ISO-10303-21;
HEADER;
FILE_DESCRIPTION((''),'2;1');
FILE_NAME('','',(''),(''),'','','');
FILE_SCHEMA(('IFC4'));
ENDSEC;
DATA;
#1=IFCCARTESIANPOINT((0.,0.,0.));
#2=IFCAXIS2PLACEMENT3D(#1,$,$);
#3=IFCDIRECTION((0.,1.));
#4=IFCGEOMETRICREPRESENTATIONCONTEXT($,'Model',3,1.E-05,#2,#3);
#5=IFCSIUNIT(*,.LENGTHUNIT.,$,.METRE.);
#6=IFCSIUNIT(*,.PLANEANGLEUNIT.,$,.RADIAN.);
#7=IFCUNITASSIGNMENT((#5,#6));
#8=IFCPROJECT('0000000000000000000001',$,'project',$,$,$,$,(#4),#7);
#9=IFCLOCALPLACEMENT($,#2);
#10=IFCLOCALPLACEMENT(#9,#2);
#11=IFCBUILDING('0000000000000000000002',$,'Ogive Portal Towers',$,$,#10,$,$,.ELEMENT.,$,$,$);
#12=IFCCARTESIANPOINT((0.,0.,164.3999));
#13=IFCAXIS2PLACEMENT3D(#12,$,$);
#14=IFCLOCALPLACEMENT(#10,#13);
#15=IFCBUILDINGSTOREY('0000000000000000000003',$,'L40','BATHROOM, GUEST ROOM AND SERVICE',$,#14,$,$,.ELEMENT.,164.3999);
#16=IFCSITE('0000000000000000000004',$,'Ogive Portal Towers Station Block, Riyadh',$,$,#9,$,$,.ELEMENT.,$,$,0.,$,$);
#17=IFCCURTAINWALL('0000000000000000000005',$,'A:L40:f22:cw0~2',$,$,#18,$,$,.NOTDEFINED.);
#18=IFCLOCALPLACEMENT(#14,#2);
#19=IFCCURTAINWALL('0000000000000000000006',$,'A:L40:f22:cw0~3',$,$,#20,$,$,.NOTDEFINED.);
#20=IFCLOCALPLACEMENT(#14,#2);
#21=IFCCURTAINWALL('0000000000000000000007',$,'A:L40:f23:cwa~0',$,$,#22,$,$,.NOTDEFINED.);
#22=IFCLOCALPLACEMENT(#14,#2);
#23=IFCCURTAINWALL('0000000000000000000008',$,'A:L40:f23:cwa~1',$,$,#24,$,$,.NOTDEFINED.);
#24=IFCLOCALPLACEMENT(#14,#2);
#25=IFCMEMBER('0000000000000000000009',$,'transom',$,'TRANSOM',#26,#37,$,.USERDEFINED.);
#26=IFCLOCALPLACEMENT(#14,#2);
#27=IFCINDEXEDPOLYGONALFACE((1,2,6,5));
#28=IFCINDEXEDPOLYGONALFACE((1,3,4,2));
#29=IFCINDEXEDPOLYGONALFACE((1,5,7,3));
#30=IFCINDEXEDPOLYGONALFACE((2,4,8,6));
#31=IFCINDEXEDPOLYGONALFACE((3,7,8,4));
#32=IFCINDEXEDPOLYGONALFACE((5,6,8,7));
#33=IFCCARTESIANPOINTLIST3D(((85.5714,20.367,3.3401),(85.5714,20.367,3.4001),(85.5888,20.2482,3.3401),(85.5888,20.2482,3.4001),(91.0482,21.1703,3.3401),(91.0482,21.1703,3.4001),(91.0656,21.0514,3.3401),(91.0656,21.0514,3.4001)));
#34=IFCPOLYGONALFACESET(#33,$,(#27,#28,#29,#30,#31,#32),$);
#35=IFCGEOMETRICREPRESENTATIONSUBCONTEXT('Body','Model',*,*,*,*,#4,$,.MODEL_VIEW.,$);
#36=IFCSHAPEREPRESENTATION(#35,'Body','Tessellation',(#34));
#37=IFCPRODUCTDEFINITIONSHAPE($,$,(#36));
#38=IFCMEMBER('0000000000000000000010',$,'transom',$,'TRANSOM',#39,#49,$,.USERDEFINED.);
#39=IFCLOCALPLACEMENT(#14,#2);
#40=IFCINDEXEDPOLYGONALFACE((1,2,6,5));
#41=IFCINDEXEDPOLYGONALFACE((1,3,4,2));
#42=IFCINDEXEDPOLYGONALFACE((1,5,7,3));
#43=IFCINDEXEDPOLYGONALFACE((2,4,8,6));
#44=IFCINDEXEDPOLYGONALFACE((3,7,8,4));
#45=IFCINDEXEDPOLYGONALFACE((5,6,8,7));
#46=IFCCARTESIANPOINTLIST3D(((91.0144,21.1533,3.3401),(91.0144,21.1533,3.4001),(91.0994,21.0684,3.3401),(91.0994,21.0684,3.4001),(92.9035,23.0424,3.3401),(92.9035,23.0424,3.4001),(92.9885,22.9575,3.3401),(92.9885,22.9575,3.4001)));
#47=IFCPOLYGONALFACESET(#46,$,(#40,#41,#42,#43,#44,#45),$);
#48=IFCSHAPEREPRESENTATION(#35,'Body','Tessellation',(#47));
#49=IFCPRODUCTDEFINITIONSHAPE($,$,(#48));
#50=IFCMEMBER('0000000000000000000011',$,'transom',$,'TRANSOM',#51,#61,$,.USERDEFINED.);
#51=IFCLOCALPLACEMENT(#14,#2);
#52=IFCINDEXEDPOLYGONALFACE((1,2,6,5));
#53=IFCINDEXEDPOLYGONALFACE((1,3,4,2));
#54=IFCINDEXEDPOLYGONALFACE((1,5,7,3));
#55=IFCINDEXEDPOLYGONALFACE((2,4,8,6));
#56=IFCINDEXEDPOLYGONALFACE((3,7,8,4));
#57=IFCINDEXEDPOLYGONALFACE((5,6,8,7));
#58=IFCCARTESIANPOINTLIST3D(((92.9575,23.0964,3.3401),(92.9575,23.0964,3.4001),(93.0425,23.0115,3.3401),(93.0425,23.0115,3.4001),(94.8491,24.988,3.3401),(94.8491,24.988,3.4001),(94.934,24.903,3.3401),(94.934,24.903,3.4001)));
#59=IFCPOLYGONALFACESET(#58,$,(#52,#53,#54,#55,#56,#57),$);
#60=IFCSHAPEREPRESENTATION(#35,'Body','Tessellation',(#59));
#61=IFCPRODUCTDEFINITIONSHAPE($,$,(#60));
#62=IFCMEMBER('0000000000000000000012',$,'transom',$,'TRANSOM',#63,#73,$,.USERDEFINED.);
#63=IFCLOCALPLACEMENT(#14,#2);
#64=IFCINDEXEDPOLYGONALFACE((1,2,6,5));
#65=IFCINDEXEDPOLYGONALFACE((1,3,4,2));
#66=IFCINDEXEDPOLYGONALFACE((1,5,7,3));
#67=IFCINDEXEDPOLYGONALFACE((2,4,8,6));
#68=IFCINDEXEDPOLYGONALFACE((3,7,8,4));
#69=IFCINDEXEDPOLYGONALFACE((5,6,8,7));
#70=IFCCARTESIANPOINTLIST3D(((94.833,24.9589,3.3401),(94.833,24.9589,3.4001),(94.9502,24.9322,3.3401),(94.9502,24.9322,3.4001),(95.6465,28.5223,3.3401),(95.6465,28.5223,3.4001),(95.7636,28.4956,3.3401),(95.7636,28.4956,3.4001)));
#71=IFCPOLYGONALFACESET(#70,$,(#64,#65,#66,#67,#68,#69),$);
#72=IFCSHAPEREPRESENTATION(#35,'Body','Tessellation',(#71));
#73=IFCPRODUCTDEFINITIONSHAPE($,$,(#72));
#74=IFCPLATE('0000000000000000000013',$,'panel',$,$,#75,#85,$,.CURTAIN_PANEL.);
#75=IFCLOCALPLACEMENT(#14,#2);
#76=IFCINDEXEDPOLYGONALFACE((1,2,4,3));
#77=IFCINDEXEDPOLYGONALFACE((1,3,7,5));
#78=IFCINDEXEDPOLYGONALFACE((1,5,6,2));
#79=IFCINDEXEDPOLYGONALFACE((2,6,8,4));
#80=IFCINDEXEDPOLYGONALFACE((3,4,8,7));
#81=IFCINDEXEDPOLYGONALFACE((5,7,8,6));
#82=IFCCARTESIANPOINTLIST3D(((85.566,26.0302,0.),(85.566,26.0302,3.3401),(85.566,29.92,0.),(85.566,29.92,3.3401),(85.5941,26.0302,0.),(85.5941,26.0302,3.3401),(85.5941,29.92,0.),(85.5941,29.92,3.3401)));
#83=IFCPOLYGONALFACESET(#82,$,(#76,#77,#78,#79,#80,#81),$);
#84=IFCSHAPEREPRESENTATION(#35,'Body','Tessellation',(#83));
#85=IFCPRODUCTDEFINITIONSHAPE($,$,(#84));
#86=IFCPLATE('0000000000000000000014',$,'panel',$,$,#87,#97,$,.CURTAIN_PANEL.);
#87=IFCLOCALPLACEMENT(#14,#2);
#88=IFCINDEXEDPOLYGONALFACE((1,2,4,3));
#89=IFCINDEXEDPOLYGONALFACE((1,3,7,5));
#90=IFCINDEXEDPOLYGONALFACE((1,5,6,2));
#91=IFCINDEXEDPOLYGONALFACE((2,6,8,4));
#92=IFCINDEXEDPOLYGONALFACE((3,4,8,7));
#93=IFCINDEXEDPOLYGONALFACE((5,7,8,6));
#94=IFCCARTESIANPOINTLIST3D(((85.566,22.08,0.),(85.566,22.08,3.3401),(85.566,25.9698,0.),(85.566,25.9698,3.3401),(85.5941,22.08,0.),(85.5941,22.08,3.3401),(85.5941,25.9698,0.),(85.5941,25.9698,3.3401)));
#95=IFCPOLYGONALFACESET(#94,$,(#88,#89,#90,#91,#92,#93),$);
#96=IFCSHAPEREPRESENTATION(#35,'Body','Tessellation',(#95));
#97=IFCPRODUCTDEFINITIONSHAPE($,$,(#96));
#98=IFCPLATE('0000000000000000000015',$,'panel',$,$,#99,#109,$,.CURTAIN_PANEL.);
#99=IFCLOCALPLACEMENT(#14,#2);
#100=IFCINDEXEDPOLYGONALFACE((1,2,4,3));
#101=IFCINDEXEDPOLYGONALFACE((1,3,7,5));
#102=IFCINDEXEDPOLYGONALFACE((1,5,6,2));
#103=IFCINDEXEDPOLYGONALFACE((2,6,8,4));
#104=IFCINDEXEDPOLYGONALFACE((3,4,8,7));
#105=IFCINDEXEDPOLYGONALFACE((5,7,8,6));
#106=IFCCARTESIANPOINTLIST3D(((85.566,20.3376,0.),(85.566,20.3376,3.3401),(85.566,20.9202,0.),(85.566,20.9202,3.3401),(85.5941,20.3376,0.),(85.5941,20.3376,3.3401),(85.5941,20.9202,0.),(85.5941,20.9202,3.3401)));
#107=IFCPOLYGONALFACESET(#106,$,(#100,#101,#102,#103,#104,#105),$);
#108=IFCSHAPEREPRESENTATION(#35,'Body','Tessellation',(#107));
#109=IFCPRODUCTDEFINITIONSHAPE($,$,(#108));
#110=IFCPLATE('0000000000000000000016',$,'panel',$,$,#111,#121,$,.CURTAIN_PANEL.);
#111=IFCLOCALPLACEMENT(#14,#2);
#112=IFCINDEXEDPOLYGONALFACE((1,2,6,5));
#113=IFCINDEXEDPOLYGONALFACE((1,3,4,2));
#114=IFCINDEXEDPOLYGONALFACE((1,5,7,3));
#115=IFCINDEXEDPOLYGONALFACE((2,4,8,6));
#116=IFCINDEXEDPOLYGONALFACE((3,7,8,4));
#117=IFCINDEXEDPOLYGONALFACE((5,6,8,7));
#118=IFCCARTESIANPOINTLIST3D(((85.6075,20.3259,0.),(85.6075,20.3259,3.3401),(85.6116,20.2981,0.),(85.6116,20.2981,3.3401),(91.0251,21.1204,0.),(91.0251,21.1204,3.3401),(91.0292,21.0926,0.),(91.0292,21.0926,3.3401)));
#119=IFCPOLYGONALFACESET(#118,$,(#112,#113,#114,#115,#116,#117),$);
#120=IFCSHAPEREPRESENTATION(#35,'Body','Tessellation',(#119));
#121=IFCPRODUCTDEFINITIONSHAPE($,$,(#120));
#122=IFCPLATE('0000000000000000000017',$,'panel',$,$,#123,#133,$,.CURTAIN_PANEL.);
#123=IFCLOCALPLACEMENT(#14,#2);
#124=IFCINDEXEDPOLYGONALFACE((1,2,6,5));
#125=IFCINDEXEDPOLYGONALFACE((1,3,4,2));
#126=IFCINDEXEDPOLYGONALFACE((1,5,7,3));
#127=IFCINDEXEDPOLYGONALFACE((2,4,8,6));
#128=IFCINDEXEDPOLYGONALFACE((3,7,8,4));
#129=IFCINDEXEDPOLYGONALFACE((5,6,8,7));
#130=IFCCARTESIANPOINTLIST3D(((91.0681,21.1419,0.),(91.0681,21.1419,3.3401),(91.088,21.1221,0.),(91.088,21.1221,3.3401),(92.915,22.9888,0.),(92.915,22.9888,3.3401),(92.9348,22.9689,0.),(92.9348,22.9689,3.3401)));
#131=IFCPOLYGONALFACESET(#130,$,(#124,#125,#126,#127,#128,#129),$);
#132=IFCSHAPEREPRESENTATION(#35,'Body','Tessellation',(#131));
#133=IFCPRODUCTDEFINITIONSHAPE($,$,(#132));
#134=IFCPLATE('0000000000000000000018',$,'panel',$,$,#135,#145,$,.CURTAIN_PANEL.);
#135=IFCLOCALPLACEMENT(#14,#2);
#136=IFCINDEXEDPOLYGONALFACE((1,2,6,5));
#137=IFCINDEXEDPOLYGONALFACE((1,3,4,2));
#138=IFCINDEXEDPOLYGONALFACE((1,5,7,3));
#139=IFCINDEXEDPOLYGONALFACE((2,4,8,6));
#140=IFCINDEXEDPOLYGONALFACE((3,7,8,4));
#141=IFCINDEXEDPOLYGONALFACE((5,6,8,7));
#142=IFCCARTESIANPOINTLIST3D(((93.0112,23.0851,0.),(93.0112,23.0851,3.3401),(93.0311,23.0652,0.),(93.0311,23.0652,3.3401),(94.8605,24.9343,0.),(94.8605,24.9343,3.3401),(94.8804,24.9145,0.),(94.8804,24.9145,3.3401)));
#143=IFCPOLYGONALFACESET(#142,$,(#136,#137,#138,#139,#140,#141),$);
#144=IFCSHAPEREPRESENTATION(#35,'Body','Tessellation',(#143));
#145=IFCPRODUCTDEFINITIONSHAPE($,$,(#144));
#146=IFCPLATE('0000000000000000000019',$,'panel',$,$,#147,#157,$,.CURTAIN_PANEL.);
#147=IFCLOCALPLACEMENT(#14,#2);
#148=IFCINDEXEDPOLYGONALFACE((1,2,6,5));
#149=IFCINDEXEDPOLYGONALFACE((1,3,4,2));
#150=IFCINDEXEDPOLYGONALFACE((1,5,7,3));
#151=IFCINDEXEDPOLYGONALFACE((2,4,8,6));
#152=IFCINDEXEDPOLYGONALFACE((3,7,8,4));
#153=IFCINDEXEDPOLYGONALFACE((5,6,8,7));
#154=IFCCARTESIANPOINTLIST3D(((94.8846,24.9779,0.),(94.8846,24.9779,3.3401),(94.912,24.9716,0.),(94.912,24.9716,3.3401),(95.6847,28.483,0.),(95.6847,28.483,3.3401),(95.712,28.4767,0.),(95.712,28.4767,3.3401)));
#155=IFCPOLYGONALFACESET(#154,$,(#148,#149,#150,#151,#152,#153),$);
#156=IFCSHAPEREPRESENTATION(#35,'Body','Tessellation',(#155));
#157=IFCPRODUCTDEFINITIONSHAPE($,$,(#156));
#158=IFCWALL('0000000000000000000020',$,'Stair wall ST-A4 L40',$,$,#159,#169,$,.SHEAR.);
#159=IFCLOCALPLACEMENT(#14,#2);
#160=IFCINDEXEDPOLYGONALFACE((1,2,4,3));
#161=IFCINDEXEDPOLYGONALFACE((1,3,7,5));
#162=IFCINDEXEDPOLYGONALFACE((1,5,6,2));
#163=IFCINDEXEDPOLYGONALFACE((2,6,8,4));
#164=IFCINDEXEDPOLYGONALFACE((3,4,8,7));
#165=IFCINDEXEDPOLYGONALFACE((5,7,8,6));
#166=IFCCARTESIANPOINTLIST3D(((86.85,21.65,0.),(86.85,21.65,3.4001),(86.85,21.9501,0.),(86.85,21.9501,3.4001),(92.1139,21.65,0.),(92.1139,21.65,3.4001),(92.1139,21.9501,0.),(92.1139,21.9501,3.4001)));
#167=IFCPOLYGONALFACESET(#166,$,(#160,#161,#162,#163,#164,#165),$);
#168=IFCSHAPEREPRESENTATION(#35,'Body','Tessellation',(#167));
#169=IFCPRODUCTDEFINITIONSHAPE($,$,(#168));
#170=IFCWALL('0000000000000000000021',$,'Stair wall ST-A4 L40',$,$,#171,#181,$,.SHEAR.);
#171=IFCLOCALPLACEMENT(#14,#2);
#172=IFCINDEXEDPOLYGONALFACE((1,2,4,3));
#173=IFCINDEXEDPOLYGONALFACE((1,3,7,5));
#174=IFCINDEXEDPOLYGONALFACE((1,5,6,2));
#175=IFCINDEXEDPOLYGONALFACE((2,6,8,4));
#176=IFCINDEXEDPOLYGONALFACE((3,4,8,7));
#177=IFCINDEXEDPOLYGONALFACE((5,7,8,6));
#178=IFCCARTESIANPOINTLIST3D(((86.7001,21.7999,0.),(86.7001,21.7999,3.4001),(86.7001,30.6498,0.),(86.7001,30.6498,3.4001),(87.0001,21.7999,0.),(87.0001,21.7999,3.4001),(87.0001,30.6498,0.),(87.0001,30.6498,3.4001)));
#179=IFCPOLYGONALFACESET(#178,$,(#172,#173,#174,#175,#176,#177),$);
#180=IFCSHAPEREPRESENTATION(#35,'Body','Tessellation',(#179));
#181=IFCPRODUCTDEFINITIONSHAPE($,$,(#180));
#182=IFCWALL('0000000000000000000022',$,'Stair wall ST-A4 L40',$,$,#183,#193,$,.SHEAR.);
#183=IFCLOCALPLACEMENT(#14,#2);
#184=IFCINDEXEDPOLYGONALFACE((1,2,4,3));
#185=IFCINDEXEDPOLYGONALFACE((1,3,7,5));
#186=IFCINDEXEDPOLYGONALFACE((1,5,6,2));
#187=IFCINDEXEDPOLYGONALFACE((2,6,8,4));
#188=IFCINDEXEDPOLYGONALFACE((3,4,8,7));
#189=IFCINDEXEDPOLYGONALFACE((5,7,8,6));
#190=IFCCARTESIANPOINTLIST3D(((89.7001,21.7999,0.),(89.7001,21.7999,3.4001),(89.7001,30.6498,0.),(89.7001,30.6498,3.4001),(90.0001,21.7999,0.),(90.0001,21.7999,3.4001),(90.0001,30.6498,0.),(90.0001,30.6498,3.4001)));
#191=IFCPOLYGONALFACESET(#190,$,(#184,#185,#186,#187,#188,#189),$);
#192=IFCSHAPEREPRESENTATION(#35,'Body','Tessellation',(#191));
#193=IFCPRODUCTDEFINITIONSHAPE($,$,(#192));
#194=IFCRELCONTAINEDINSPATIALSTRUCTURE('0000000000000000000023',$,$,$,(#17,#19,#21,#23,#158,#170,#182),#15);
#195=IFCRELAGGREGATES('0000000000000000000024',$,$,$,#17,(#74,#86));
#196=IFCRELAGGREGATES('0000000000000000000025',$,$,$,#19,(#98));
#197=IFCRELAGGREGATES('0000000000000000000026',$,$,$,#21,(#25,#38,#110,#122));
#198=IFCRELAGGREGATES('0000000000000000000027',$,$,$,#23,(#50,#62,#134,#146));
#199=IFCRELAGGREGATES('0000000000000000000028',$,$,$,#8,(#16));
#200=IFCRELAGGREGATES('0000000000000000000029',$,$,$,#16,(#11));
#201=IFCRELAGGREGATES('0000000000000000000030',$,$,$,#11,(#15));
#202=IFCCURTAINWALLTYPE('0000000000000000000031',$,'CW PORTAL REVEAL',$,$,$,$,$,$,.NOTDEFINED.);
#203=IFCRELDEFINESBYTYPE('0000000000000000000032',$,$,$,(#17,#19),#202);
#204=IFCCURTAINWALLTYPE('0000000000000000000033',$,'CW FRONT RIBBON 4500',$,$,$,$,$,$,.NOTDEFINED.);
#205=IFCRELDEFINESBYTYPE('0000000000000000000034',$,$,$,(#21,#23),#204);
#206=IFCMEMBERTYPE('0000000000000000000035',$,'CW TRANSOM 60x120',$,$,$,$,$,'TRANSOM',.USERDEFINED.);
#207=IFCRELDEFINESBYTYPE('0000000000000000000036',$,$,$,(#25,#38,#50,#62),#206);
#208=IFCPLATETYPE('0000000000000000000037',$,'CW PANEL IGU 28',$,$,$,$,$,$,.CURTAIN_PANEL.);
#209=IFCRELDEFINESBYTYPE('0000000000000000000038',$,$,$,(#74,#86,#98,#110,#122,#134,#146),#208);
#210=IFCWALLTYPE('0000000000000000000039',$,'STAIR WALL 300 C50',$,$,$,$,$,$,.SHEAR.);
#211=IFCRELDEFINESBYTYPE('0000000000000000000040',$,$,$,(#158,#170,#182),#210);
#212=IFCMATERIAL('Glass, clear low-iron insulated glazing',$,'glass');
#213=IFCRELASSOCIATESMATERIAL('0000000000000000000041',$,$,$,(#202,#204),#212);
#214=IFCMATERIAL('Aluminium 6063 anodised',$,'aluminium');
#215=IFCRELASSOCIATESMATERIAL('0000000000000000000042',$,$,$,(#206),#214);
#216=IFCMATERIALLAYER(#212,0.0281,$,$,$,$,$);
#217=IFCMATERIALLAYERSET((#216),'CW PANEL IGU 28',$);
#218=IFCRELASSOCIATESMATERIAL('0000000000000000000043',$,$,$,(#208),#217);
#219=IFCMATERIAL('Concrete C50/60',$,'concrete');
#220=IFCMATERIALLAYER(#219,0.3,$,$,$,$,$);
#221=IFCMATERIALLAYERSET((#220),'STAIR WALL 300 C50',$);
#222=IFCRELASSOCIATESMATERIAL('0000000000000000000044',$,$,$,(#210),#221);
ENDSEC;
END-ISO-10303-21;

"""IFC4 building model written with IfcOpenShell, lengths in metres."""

from ifc_helpers import new_model, si_unit, direction, frame, frame_2d, origin, origin_2d, place, context, subcontext, project, spatial, rectangle, extrude, material, layer, layer_set, material_profile, profile_set, type_object, element, aggregate, save


model = new_model("IFC4")

# Units and contexts
model_context = context("Model", 3, precision=1e-05, world=origin(), true_north=direction((0.0, 1.0)))
body_context = subcontext(model_context, "Body", "Model", "MODEL_VIEW")
ifc_project = project(units=[si_unit("LENGTHUNIT", "METRE"), si_unit("PLANEANGLEUNIT", "RADIAN")], contexts=[model_context])

# Site, building, storey
site_placement = place(None, origin())
site = spatial("IfcSite", under=ifc_project, at=site_placement, Name="Ogive Portal Towers Station Block, Riyadh", CompositionType="ELEMENT", RefElevation=0.0)
building_placement = place(site_placement, origin())
building = spatial("IfcBuilding", under=site, at=building_placement, Name="Ogive Portal Towers", CompositionType="ELEMENT")
storey_placement = place(building_placement, frame((0.0, 0.0, 164.3999)))
storey = spatial("IfcBuildingStorey", under=building, at=storey_placement, Name="L40", Description="BATHROOM, GUEST ROOM AND SERVICE", CompositionType="ELEMENT", Elevation=164.3999)

# Curtain walls
ifc_material_1 = material(Name="Glass, clear low-iron insulated glazing", Category="glass")
curtain_wall_type_1 = type_object("IfcCurtainWallType", Name="CW PORTAL REVEAL", PredefinedType="NOTDEFINED", material=ifc_material_1)
curtain_wall_1_placement = place(storey_placement, origin())
curtain_wall_1 = element("IfcCurtainWall", 1, at=curtain_wall_1_placement, inside=storey, type_object=curtain_wall_type_1, Name="A:L40:f22:cw0~2", PredefinedType="NOTDEFINED")
ifc_material_2 = material(Name="Aluminium 6063 anodised", Category="aluminium")
curtain_wall_2_placement = place(storey_placement, origin())
curtain_wall_2 = element("IfcCurtainWall", 2, at=curtain_wall_2_placement, inside=storey, type_object=curtain_wall_type_1, Name="A:L40:f22:cw0~3", PredefinedType="NOTDEFINED")

# Shared definitions
curtain_wall_type_2 = type_object("IfcCurtainWallType", Name="CW FRONT RIBBON 4500", PredefinedType="NOTDEFINED", material=ifc_material_1)

# Curtain walls
curtain_wall_3_placement = place(storey_placement, origin())
curtain_wall_3 = element("IfcCurtainWall", 3, at=curtain_wall_3_placement, inside=storey, type_object=curtain_wall_type_2, Name="A:L40:f23:cwa~0", PredefinedType="NOTDEFINED")
curtain_wall_4_placement = place(storey_placement, origin())
curtain_wall_4 = element("IfcCurtainWall", 4, at=curtain_wall_4_placement, inside=storey, type_object=curtain_wall_type_2, Name="A:L40:f23:cwa~1", PredefinedType="NOTDEFINED")

# Members
ifc_material_profile_1 = material_profile(ifc_material_2, rectangle(XDim=0.1201, YDim=0.0601, at=origin_2d()), Name="AL 120x60")
ifc_profile_set_1 = profile_set([ifc_material_profile_1], Name="Aluminium 6063 anodised")
member_type_1 = type_object("IfcMemberType", Name="CW TRANSOM 60x120", ElementType="TRANSOM", PredefinedType="USERDEFINED", material=ifc_profile_set_1)
member_1_placement = place(storey_placement, frame((85.5801, 20.3076, 3.3701), z_axis=(0.989416, 0.145107, 0.0), x_axis=(-0.145107, 0.989416, 0.0)))
member_1 = element("IfcMember", 5, at=member_1_placement, type_object=member_type_1, Name="transom", ObjectType="TRANSOM", PredefinedType="USERDEFINED", context=body_context, shape_type="SweptSolid", body=[
    extrude(rectangle(XDim=0.1201, YDim=0.0601, at=origin_2d()), origin(), (0.0, 0.0, 1.0), 5.5354),
])
member_2_placement = place(storey_placement, frame((91.0569, 21.1108, 3.3701), z_axis=(0.707107, 0.707107, 0.0), x_axis=(-0.707107, 0.707107, 0.0)))
member_2 = element("IfcMember", 6, at=member_2_placement, type_object=member_type_1, Name="transom", ObjectType="TRANSOM", PredefinedType="USERDEFINED", context=body_context, shape_type="SweptSolid", body=[
    extrude(rectangle(XDim=0.1201, YDim=0.0601, at=origin_2d()), origin(), (0.0, 0.0, 1.0), 2.6716),
])
member_3_placement = place(storey_placement, frame((93.0, 23.054, 3.3701), z_axis=(0.707107, 0.707107, 0.0), x_axis=(-0.707107, 0.707107, 0.0)))
member_3 = element("IfcMember", 7, at=member_3_placement, type_object=member_type_1, Name="transom", ObjectType="TRANSOM", PredefinedType="USERDEFINED", context=body_context, shape_type="SweptSolid", body=[
    extrude(rectangle(XDim=0.1201, YDim=0.0601, at=origin_2d()), origin(), (0.0, 0.0, 1.0), 2.675),
])
member_4_placement = place(storey_placement, frame((94.8916, 24.9456, 3.3701), z_axis=(0.222556, 0.97492, 0.0), x_axis=(-0.97492, 0.222556, 0.0)))
member_4 = element("IfcMember", 8, at=member_4_placement, type_object=member_type_1, Name="transom", ObjectType="TRANSOM", PredefinedType="USERDEFINED", context=body_context, shape_type="SweptSolid", body=[
    extrude(rectangle(XDim=0.1201, YDim=0.0601, at=origin_2d()), origin(), (0.0, 0.0, 1.0), 3.655),
])

# Plates
ifc_layer_1 = layer(ifc_material_1, 0.0281)
ifc_layer_set_1 = layer_set([ifc_layer_1], Name="CW PANEL IGU 28")
plate_type = type_object("IfcPlateType", Name="CW PANEL IGU 28", PredefinedType="CURTAIN_PANEL", material=ifc_layer_set_1)
plate_1_placement = place(storey_placement, frame((85.5801, 27.9751, 0.0), z_axis=(0.0, 0.0, 1.0), x_axis=(0.0, -1.0, 0.0)))
plate_1 = element("IfcPlate", 9, at=plate_1_placement, type_object=plate_type, Name="panel", PredefinedType="CURTAIN_PANEL", context=body_context, shape_type="SweptSolid", body=[
    extrude(rectangle(XDim=3.8899, YDim=0.0281, at=origin_2d()), origin(), (0.0, 0.0, 1.0), 3.3401),
])
plate_2_placement = place(storey_placement, frame((85.5801, 24.0249, 0.0), z_axis=(0.0, 0.0, 1.0), x_axis=(0.0, -1.0, 0.0)))
plate_2 = element("IfcPlate", 10, at=plate_2_placement, type_object=plate_type, Name="panel", PredefinedType="CURTAIN_PANEL", context=body_context, shape_type="SweptSolid", body=[
    extrude(rectangle(XDim=3.8899, YDim=0.0281, at=origin_2d()), origin(), (0.0, 0.0, 1.0), 3.3401),
])
aggregate(curtain_wall_1, [plate_1, plate_2])
plate_3_placement = place(storey_placement, frame((85.5801, 20.6289, 0.0), z_axis=(0.0, 0.0, 1.0), x_axis=(0.0, -1.0, 0.0)))
plate_3 = element("IfcPlate", 11, at=plate_3_placement, type_object=plate_type, Name="panel", PredefinedType="CURTAIN_PANEL", context=body_context, shape_type="SweptSolid", body=[
    extrude(rectangle(XDim=0.5825, YDim=0.0281, at=origin_2d()), origin(), (0.0, 0.0, 1.0), 3.3401),
])
aggregate(curtain_wall_2, [plate_3])
plate_4_placement = place(storey_placement, frame((88.3184, 20.7092, 0.0), z_axis=(0.0, 0.0, 1.0), x_axis=(0.989417, 0.145099, 0.0)))
plate_4 = element("IfcPlate", 12, at=plate_4_placement, type_object=plate_type, Name="panel", PredefinedType="CURTAIN_PANEL", context=body_context, shape_type="SweptSolid", body=[
    extrude(rectangle(XDim=5.4756, YDim=0.0281, at=origin_2d()), origin(), (0.0, 0.0, 1.0), 3.3401),
])
plate_5_placement = place(storey_placement, frame((92.0015, 22.0554, 0.0), z_axis=(0.0, 0.0, 1.0), x_axis=(0.707107, 0.707107, 0.0)))
plate_5 = element("IfcPlate", 13, at=plate_5_placement, type_object=plate_type, Name="panel", PredefinedType="CURTAIN_PANEL", context=body_context, shape_type="SweptSolid", body=[
    extrude(rectangle(XDim=2.6118, YDim=0.0281, at=origin_2d()), origin(), (0.0, 0.0, 1.0), 3.3401),
])
aggregate(curtain_wall_3, [member_1, member_2, plate_4, plate_5])
plate_6_placement = place(storey_placement, frame((93.9458, 23.9998, 0.0), z_axis=(0.0, 0.0, 1.0), x_axis=(0.707107, 0.707107, 0.0)))
plate_6 = element("IfcPlate", 14, at=plate_6_placement, type_object=plate_type, Name="panel", PredefinedType="CURTAIN_PANEL", context=body_context, shape_type="SweptSolid", body=[
    extrude(rectangle(XDim=2.6152, YDim=0.0281, at=origin_2d()), origin(), (0.0, 0.0, 1.0), 3.3401),
])
plate_7_placement = place(storey_placement, frame((95.2983, 26.7273, 0.0), z_axis=(0.0, 0.0, 1.0), x_axis=(0.222521, 0.974928, 0.0)))
plate_7 = element("IfcPlate", 15, at=plate_7_placement, type_object=plate_type, Name="panel", PredefinedType="CURTAIN_PANEL", context=body_context, shape_type="SweptSolid", body=[
    extrude(rectangle(XDim=3.5952, YDim=0.0281, at=origin_2d()), origin(), (0.0, 0.0, 1.0), 3.3401),
])
aggregate(curtain_wall_4, [member_3, member_4, plate_6, plate_7])

# Walls
ifc_material_3 = material(Name="Concrete C50/60", Category="concrete")
ifc_layer_2 = layer(ifc_material_3, 0.3)
ifc_layer_set_2 = layer_set([ifc_layer_2], Name="STAIR WALL 300 C50")
wall_type_1 = type_object("IfcWallType", Name="STAIR WALL 300 C50", PredefinedType="SHEAR", material=ifc_layer_set_2)
wall_1_placement = place(storey_placement, frame((86.8501, 21.8, 0.0), z_axis=(0.0, 0.0, 1.0), x_axis=(1.0, 0.0, 0.0)))
element("IfcWall", 16, at=wall_1_placement, inside=storey, type_object=wall_type_1, Name="Stair wall ST-A4 L40", PredefinedType="SHEAR", context=body_context, shape_type="SweptSolid", body=[
    extrude(rectangle(XDim=5.2639, YDim=0.3, at=frame_2d((2.6318, 0.0))), origin(), (0.0, 0.0, 1.0), 3.4001),
])
for number, where, z_axis, x_axis, name in (
    (17, (86.8501, 21.8, 0.0), (0.0, 0.0, 1.0), (0.0, 1.0, 0.0), "Stair wall ST-A4 L40"),
    (18, (89.8501, 21.8, 0.0), (0.0, 0.0, 1.0), (0.0, 1.0, 0.0), "Stair wall ST-A4 L40"),
):
    element("IfcWall", number, at=place(storey_placement, frame(where, z_axis=z_axis, x_axis=x_axis)), inside=storey, type_object=wall_type_1, Name=name, PredefinedType="SHEAR", context=body_context, shape_type="SweptSolid", body=[
        extrude(rectangle(XDim=8.8499, YDim=0.3, at=frame_2d((4.4248, 0.0))), origin(), (0.0, 0.0, 1.0), 3.4001),
    ])

save(model, "model.ifc")
